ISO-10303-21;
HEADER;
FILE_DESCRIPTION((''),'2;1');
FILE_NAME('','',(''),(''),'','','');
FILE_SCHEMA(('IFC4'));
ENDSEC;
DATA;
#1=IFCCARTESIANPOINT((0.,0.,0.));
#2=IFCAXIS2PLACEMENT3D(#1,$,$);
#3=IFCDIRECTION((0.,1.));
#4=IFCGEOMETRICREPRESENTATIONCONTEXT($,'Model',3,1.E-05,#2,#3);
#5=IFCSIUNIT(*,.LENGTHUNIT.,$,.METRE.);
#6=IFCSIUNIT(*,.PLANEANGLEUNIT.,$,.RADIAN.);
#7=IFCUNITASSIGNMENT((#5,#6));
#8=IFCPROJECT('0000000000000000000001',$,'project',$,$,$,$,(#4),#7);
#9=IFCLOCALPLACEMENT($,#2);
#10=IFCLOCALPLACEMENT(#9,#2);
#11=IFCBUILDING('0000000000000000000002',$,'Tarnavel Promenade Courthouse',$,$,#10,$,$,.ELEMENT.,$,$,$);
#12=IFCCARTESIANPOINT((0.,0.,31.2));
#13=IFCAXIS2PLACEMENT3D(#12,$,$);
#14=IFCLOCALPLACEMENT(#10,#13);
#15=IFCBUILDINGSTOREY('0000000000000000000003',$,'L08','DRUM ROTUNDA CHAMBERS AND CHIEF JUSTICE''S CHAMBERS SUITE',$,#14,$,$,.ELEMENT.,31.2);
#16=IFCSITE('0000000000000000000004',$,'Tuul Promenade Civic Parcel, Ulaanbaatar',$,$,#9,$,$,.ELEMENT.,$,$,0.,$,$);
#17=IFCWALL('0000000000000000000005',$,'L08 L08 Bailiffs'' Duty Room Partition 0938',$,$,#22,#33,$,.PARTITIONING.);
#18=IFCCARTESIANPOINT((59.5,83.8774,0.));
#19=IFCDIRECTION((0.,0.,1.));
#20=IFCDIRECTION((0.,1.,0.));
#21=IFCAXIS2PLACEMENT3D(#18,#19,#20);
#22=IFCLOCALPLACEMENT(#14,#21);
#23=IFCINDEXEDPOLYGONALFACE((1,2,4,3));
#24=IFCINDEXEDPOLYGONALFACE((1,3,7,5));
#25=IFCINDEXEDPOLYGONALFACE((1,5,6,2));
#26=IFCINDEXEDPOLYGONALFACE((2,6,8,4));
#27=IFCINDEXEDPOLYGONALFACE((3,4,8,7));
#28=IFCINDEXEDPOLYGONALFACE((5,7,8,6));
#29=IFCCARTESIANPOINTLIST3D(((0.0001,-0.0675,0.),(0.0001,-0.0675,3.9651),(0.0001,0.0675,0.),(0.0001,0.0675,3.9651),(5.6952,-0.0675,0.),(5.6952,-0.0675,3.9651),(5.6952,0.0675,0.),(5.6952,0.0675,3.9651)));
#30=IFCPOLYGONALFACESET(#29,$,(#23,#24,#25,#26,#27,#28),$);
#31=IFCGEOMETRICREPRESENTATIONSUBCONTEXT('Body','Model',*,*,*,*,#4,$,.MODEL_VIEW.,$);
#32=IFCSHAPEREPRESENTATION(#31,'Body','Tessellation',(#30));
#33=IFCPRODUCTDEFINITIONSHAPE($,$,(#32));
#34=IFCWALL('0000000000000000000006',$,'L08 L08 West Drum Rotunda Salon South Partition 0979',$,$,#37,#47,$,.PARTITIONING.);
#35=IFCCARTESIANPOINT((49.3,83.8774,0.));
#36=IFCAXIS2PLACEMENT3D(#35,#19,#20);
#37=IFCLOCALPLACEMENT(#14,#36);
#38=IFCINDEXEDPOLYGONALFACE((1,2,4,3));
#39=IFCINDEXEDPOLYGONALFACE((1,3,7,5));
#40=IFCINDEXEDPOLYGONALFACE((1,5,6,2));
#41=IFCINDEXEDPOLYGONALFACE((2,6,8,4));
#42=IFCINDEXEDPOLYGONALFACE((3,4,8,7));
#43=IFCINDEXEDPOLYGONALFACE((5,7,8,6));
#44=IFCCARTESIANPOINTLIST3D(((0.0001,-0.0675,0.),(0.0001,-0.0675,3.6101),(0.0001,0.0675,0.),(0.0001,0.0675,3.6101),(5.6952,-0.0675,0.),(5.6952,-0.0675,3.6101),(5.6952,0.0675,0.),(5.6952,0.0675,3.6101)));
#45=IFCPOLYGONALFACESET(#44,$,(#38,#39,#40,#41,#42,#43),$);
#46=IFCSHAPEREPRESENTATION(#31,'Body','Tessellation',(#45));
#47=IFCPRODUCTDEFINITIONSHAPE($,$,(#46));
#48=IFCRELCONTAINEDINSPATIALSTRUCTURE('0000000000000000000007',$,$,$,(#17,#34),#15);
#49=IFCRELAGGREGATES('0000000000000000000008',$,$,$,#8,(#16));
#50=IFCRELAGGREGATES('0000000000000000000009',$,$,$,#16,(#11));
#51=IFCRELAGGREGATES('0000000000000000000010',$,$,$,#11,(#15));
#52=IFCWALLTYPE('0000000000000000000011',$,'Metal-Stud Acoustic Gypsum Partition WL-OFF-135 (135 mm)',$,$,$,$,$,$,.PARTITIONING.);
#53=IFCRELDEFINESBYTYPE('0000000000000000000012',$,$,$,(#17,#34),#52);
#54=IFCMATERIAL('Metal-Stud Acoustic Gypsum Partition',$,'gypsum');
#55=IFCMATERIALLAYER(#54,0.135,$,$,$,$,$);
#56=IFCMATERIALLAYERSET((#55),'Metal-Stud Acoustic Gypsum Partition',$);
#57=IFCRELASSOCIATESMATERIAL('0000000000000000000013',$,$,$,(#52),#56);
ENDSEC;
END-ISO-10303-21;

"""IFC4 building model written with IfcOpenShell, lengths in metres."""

from ifc_helpers import new_model, si_unit, direction, frame, frame_2d, origin, place, context, subcontext, project, spatial, rectangle, extrude, material, layer, layer_set, type_object, element, save


model = new_model("IFC4")

# Units and contexts
model_context = context("Model", 3, precision=1e-05, world=origin(), true_north=direction((0.0, 1.0)))
body_context = subcontext(model_context, "Body", "Model", "MODEL_VIEW")
ifc_project = project(units=[si_unit("LENGTHUNIT", "METRE"), si_unit("PLANEANGLEUNIT", "RADIAN")], contexts=[model_context])

# Site, building, storey
site_placement = place(None, origin())
site = spatial("IfcSite", under=ifc_project, at=site_placement, Name="Tuul Promenade Civic Parcel, Ulaanbaatar", CompositionType="ELEMENT", RefElevation=0.0)
building_placement = place(site_placement, origin())
building = spatial("IfcBuilding", under=site, at=building_placement, Name="Tarnavel Promenade Courthouse", CompositionType="ELEMENT")
storey_placement = place(building_placement, frame((0.0, 0.0, 31.2)))
storey = spatial("IfcBuildingStorey", under=building, at=storey_placement, Name="L08", Description="DRUM ROTUNDA CHAMBERS AND CHIEF JUSTICE'S CHAMBERS SUITE", CompositionType="ELEMENT", Elevation=31.2)

# Walls
ifc_material_1 = material(Name="Metal-Stud Acoustic Gypsum Partition", Category="gypsum")
ifc_layer_1 = layer(ifc_material_1, 0.135)
ifc_layer_set_1 = layer_set([ifc_layer_1], Name="Metal-Stud Acoustic Gypsum Partition")
wall_type_1 = type_object("IfcWallType", Name="Metal-Stud Acoustic Gypsum Partition WL-OFF-135 (135 mm)", PredefinedType="PARTITIONING", material=ifc_layer_set_1)
wall_1_placement = place(storey_placement, frame((59.5, 83.8774, 0.0), z_axis=(0.0, 0.0, 1.0), x_axis=(0.0, 1.0, 0.0)))
element("IfcWall", 1, at=wall_1_placement, inside=storey, type_object=wall_type_1, Name="L08 L08 Bailiffs' Duty Room Partition 0938", PredefinedType="PARTITIONING", context=body_context, shape_type="SweptSolid", body=[
    extrude(rectangle(XDim=5.6951, YDim=0.135, at=frame_2d((2.8477, 0.0))), origin(), (0.0, 0.0, 1.0), 3.9651),
])
wall_2_placement = place(storey_placement, frame((49.3, 83.8774, 0.0), z_axis=(0.0, 0.0, 1.0), x_axis=(0.0, 1.0, 0.0)))
element("IfcWall", 2, at=wall_2_placement, inside=storey, type_object=wall_type_1, Name="L08 L08 West Drum Rotunda Salon South Partition 0979", PredefinedType="PARTITIONING", context=body_context, shape_type="SweptSolid", body=[
    extrude(rectangle(XDim=5.6951, YDim=0.135, at=frame_2d((2.8477, 0.0))), origin(), (0.0, 0.0, 1.0), 3.6101),
])

save(model, "model.ifc")
